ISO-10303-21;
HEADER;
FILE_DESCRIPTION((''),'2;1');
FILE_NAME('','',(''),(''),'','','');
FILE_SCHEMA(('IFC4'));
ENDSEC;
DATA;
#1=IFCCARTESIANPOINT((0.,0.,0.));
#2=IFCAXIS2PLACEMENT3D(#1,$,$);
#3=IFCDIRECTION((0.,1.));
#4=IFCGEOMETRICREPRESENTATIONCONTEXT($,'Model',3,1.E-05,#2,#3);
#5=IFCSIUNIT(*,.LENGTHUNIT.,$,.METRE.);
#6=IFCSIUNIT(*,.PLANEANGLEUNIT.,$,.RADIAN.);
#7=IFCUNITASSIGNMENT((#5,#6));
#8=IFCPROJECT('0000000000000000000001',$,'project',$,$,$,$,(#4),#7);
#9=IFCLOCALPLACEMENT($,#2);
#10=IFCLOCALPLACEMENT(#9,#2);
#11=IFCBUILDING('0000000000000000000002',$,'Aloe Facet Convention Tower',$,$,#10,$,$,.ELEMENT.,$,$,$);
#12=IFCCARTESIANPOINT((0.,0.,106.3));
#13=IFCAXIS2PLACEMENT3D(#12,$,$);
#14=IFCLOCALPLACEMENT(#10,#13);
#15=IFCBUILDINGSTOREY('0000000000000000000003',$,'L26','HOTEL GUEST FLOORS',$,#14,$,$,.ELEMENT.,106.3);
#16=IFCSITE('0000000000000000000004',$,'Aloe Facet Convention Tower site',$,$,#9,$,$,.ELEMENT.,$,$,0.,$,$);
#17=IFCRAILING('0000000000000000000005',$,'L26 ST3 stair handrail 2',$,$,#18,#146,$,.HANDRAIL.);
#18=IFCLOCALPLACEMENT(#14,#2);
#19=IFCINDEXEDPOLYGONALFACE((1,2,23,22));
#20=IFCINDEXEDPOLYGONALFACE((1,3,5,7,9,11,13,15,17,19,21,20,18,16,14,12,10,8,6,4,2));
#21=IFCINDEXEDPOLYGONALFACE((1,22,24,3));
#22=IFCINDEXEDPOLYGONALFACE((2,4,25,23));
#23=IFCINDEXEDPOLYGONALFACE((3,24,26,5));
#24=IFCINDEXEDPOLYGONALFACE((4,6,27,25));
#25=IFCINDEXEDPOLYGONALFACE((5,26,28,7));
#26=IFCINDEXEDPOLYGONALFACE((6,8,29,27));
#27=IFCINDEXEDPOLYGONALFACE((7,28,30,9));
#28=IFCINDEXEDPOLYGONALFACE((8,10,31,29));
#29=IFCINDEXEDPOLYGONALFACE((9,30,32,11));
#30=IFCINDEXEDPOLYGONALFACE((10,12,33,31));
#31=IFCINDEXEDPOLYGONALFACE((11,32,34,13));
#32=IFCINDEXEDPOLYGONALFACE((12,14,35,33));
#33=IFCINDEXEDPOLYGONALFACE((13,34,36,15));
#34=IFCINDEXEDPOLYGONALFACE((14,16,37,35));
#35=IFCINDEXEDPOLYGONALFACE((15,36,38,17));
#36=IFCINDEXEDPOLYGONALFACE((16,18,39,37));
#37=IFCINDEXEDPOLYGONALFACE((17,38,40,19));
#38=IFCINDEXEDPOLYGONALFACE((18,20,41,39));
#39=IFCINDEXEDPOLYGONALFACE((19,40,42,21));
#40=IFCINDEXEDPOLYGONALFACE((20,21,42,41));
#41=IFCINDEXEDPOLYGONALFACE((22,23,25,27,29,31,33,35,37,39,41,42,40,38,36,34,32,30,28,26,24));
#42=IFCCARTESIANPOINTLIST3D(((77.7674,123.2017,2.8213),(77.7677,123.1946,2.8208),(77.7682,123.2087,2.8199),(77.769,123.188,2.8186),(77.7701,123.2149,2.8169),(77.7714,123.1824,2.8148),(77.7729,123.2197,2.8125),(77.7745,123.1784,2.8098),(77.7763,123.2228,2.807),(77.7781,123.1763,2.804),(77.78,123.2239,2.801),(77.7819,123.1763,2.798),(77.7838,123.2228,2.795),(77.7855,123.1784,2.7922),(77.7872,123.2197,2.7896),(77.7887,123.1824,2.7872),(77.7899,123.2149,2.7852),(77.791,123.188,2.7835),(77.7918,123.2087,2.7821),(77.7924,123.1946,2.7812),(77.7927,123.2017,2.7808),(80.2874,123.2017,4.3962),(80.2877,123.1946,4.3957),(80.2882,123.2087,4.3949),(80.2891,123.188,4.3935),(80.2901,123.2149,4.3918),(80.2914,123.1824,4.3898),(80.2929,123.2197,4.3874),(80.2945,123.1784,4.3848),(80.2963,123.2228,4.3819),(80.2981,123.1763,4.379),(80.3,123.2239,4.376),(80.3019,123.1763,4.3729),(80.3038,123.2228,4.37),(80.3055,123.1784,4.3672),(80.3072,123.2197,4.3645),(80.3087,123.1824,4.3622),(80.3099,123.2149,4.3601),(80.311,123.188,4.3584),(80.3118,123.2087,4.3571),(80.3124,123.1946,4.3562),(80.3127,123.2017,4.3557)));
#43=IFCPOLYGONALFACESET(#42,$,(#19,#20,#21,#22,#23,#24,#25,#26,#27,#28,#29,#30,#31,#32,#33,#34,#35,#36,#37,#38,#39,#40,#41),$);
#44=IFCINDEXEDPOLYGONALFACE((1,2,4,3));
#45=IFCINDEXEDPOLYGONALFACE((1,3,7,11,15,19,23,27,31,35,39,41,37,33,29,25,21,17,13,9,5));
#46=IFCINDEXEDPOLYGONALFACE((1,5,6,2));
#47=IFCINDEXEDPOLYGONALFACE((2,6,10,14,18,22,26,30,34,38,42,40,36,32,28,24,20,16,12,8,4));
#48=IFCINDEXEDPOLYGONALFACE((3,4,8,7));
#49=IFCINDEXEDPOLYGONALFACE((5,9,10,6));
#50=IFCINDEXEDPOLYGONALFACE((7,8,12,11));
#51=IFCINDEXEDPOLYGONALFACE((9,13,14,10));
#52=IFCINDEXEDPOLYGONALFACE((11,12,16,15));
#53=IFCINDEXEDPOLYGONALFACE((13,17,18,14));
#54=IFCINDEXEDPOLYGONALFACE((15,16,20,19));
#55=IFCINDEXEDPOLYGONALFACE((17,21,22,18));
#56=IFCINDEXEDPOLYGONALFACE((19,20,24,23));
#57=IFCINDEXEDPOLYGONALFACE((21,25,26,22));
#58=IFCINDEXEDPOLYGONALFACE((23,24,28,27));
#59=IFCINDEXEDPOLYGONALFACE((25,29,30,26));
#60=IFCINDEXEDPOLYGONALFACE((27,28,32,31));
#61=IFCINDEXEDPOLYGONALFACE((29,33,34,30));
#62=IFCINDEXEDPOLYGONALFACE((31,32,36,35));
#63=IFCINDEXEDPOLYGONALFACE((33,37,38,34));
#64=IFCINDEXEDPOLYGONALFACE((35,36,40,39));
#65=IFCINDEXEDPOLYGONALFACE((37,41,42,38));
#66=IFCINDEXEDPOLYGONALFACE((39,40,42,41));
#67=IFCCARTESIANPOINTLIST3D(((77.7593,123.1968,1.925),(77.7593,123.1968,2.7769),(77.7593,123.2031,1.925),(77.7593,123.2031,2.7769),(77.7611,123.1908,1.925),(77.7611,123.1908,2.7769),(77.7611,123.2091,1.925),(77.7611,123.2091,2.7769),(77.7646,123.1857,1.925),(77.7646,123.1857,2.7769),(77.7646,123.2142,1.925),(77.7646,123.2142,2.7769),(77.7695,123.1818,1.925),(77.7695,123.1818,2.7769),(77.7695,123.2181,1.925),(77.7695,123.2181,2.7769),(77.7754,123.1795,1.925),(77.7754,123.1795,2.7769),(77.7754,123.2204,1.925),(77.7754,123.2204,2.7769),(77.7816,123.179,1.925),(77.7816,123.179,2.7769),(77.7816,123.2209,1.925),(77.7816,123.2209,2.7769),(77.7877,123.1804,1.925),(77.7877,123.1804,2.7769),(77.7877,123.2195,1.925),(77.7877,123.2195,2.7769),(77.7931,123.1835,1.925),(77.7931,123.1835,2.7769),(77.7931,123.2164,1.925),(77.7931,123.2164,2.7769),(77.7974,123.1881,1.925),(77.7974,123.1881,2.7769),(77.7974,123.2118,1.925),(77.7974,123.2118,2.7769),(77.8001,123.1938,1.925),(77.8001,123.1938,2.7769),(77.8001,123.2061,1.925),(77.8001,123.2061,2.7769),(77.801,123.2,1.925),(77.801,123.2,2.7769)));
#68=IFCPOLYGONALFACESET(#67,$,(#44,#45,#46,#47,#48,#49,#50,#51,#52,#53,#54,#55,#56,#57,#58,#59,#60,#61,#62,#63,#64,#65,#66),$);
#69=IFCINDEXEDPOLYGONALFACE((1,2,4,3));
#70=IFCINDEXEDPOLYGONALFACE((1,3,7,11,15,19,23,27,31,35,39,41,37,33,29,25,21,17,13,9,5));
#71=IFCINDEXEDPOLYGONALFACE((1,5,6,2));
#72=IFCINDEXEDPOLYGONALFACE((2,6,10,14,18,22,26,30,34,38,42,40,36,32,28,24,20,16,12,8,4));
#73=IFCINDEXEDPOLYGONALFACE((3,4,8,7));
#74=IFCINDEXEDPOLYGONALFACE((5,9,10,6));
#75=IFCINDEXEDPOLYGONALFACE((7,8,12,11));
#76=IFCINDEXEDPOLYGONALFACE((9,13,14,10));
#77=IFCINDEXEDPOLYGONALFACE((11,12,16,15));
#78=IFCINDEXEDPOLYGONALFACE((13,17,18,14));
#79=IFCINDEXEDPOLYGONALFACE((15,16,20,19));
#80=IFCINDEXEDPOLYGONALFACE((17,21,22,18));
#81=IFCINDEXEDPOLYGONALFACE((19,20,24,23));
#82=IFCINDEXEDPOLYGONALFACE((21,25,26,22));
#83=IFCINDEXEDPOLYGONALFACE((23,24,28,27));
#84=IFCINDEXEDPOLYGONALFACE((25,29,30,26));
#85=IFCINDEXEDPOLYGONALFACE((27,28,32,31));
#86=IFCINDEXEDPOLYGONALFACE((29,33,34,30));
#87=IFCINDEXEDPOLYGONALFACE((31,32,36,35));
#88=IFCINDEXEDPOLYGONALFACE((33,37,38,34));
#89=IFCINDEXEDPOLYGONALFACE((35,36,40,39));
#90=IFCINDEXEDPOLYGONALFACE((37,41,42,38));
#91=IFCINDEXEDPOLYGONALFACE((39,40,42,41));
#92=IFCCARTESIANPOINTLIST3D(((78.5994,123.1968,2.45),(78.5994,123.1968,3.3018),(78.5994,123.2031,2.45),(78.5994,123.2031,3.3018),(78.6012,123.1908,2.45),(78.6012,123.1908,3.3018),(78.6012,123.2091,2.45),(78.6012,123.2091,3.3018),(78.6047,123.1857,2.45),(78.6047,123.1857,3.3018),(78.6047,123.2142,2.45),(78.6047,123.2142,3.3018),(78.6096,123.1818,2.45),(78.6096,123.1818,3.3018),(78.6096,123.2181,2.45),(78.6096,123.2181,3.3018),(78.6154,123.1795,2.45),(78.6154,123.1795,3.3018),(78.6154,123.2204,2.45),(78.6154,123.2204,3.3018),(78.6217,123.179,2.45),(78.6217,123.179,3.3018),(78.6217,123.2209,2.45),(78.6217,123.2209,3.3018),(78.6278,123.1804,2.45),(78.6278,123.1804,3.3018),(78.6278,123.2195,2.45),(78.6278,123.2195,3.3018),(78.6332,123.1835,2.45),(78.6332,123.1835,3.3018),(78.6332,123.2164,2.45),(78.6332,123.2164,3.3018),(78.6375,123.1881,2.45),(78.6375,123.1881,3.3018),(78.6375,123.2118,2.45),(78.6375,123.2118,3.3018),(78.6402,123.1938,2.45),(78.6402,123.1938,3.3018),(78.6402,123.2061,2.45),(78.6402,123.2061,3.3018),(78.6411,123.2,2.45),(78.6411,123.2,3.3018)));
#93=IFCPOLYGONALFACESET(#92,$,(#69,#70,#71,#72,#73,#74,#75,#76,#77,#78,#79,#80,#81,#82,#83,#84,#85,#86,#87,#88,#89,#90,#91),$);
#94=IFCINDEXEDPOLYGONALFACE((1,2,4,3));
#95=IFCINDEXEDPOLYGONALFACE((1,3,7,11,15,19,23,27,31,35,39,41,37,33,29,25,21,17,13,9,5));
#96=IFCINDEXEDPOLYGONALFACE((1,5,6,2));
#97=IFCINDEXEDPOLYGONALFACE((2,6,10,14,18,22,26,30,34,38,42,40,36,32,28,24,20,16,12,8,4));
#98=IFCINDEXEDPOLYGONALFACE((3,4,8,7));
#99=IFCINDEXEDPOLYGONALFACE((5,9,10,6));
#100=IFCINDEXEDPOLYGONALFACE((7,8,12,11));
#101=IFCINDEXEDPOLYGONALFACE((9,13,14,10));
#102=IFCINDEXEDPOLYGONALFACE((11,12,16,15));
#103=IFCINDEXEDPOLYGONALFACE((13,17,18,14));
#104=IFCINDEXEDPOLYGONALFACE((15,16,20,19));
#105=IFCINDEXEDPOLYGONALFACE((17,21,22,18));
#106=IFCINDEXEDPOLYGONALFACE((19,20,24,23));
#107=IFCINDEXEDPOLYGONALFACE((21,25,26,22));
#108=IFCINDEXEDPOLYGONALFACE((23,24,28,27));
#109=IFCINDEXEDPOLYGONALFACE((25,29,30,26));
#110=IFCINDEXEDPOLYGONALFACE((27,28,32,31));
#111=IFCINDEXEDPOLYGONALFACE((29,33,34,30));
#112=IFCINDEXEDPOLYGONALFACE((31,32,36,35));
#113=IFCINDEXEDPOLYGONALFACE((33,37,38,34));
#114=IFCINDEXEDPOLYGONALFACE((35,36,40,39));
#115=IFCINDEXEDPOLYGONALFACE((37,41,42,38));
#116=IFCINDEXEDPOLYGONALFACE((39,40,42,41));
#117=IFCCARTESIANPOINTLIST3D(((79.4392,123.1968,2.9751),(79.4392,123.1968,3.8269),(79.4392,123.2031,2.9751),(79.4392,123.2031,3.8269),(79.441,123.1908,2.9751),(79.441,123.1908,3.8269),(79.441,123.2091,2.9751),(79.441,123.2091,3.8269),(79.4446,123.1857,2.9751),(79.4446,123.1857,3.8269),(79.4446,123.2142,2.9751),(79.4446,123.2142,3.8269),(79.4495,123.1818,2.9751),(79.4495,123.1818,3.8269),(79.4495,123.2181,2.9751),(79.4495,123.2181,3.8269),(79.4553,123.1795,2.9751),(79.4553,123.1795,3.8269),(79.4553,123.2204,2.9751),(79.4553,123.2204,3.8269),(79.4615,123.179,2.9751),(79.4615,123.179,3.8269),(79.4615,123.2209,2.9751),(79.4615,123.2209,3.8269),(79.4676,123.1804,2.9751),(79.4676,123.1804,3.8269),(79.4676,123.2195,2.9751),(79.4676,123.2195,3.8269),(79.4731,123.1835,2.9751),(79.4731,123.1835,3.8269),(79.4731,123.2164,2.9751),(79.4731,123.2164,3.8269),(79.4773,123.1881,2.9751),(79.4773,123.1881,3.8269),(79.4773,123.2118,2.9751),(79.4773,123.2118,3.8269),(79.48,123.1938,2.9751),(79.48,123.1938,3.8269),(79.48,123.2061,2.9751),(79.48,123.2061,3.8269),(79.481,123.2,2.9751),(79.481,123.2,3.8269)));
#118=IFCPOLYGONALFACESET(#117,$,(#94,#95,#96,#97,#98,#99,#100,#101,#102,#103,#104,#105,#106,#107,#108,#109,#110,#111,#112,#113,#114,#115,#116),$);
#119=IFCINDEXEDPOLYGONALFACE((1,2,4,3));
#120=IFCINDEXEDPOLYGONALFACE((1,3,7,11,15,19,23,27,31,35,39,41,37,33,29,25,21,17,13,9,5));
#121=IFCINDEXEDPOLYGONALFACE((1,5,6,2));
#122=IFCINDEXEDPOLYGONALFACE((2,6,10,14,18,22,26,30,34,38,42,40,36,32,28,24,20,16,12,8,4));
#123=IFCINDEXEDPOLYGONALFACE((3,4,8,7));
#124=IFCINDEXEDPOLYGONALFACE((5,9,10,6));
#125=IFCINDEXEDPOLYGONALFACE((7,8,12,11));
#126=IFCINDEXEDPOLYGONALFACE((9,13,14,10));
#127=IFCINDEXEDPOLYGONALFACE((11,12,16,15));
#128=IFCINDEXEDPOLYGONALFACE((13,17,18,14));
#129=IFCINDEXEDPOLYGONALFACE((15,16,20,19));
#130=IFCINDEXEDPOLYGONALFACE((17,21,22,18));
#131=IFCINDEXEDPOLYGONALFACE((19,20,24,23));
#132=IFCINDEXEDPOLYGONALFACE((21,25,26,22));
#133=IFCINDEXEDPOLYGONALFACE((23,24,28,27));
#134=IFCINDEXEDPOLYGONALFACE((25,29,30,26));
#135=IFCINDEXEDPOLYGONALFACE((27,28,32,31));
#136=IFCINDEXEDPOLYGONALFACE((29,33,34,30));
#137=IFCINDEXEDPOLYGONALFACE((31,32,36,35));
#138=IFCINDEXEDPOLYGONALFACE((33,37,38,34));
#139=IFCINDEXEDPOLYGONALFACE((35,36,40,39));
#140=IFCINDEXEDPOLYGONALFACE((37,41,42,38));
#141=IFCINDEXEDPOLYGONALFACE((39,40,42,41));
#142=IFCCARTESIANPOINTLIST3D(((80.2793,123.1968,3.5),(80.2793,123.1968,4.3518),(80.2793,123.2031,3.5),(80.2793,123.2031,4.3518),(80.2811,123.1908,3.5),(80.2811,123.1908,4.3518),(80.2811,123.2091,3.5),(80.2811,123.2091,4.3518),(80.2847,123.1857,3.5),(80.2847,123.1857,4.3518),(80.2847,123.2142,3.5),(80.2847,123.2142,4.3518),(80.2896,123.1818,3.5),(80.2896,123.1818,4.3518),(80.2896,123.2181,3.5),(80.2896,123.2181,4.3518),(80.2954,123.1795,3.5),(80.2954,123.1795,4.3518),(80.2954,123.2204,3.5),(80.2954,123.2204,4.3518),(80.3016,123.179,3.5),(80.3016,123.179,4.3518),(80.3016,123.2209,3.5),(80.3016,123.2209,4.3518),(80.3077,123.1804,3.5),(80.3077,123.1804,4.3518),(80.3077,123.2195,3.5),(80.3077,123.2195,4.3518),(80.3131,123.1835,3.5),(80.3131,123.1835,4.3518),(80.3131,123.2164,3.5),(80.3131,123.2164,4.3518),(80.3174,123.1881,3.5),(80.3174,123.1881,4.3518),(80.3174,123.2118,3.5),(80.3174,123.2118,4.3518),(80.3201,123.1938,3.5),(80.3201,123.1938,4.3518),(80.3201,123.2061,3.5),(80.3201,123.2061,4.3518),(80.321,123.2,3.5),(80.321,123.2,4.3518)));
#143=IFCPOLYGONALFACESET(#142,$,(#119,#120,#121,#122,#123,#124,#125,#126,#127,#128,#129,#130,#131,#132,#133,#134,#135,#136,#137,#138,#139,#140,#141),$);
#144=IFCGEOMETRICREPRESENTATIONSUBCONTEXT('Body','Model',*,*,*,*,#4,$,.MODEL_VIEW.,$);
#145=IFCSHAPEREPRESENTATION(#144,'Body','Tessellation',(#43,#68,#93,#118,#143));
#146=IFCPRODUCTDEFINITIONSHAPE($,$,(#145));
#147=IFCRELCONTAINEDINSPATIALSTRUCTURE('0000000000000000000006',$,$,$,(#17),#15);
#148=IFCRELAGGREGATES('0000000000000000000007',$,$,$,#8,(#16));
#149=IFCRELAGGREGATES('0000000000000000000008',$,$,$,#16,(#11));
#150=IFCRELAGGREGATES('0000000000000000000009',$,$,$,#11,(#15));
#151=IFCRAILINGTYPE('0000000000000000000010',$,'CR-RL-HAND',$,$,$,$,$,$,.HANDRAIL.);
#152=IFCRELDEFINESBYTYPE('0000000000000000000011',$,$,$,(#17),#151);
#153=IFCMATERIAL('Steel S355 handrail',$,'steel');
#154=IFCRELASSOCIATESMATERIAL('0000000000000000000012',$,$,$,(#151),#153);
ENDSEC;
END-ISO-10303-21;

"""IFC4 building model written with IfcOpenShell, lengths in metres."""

from ifc_helpers import new_model, si_unit, direction, frame, origin, origin_2d, place, context, subcontext, project, spatial, circle, extrude, material, type_object, element, save


model = new_model("IFC4")

# Units and contexts
model_context = context("Model", 3, precision=1e-05, world=origin(), true_north=direction((0.0, 1.0)))
body_context = subcontext(model_context, "Body", "Model", "MODEL_VIEW")
ifc_project = project(units=[si_unit("LENGTHUNIT", "METRE"), si_unit("PLANEANGLEUNIT", "RADIAN")], contexts=[model_context])

# Site, building, storey
site_placement = place(None, origin())
site = spatial("IfcSite", under=ifc_project, at=site_placement, Name="Aloe Facet Convention Tower site", CompositionType="ELEMENT", RefElevation=0.0)
building_placement = place(site_placement, origin())
building = spatial("IfcBuilding", under=site, at=building_placement, Name="Aloe Facet Convention Tower", CompositionType="ELEMENT")
storey_placement = place(building_placement, frame((0.0, 0.0, 106.3)))
storey = spatial("IfcBuildingStorey", under=building, at=storey_placement, Name="L26", Description="HOTEL GUEST FLOORS", CompositionType="ELEMENT", Elevation=106.3)

# Railing
ifc_material_1 = material(Name="Steel S355 handrail", Category="steel")
railing_type_1 = type_object("IfcRailingType", Name="CR-RL-HAND", PredefinedType="HANDRAIL", material=ifc_material_1)
railing_1_placement = place(storey_placement, frame((77.78, 123.2, 1.925)))
element("IfcRailing", 1, at=railing_1_placement, inside=storey, type_object=railing_type_1, Name="L26 ST3 stair handrail 2", PredefinedType="HANDRAIL", context=body_context, shape_type="SweptSolid", body=[
    extrude(circle(Radius=0.0239, at=origin_2d()), frame((0.0, 0.0, 0.876), z_axis=(0.848008, 0.0, 0.529984), x_axis=(0.0, 1.0, 0.0)), (0.0, 0.0, 1.0), 2.9717),
    extrude(circle(Radius=0.021, at=origin_2d()), origin(), (0.0, 0.0, 1.0), 0.8518),
    extrude(circle(Radius=0.021, at=origin_2d()), frame((0.8401, 0.0, 0.5249)), (0.0, 0.0, 1.0), 0.8518),
    extrude(circle(Radius=0.021, at=origin_2d()), frame((1.6799, 0.0, 1.05)), (0.0, 0.0, 1.0), 0.8518),
    extrude(circle(Radius=0.021, at=origin_2d()), frame((2.52, 0.0, 1.575)), (0.0, 0.0, 1.0), 0.8518),
])

save(model, "model.ifc")
